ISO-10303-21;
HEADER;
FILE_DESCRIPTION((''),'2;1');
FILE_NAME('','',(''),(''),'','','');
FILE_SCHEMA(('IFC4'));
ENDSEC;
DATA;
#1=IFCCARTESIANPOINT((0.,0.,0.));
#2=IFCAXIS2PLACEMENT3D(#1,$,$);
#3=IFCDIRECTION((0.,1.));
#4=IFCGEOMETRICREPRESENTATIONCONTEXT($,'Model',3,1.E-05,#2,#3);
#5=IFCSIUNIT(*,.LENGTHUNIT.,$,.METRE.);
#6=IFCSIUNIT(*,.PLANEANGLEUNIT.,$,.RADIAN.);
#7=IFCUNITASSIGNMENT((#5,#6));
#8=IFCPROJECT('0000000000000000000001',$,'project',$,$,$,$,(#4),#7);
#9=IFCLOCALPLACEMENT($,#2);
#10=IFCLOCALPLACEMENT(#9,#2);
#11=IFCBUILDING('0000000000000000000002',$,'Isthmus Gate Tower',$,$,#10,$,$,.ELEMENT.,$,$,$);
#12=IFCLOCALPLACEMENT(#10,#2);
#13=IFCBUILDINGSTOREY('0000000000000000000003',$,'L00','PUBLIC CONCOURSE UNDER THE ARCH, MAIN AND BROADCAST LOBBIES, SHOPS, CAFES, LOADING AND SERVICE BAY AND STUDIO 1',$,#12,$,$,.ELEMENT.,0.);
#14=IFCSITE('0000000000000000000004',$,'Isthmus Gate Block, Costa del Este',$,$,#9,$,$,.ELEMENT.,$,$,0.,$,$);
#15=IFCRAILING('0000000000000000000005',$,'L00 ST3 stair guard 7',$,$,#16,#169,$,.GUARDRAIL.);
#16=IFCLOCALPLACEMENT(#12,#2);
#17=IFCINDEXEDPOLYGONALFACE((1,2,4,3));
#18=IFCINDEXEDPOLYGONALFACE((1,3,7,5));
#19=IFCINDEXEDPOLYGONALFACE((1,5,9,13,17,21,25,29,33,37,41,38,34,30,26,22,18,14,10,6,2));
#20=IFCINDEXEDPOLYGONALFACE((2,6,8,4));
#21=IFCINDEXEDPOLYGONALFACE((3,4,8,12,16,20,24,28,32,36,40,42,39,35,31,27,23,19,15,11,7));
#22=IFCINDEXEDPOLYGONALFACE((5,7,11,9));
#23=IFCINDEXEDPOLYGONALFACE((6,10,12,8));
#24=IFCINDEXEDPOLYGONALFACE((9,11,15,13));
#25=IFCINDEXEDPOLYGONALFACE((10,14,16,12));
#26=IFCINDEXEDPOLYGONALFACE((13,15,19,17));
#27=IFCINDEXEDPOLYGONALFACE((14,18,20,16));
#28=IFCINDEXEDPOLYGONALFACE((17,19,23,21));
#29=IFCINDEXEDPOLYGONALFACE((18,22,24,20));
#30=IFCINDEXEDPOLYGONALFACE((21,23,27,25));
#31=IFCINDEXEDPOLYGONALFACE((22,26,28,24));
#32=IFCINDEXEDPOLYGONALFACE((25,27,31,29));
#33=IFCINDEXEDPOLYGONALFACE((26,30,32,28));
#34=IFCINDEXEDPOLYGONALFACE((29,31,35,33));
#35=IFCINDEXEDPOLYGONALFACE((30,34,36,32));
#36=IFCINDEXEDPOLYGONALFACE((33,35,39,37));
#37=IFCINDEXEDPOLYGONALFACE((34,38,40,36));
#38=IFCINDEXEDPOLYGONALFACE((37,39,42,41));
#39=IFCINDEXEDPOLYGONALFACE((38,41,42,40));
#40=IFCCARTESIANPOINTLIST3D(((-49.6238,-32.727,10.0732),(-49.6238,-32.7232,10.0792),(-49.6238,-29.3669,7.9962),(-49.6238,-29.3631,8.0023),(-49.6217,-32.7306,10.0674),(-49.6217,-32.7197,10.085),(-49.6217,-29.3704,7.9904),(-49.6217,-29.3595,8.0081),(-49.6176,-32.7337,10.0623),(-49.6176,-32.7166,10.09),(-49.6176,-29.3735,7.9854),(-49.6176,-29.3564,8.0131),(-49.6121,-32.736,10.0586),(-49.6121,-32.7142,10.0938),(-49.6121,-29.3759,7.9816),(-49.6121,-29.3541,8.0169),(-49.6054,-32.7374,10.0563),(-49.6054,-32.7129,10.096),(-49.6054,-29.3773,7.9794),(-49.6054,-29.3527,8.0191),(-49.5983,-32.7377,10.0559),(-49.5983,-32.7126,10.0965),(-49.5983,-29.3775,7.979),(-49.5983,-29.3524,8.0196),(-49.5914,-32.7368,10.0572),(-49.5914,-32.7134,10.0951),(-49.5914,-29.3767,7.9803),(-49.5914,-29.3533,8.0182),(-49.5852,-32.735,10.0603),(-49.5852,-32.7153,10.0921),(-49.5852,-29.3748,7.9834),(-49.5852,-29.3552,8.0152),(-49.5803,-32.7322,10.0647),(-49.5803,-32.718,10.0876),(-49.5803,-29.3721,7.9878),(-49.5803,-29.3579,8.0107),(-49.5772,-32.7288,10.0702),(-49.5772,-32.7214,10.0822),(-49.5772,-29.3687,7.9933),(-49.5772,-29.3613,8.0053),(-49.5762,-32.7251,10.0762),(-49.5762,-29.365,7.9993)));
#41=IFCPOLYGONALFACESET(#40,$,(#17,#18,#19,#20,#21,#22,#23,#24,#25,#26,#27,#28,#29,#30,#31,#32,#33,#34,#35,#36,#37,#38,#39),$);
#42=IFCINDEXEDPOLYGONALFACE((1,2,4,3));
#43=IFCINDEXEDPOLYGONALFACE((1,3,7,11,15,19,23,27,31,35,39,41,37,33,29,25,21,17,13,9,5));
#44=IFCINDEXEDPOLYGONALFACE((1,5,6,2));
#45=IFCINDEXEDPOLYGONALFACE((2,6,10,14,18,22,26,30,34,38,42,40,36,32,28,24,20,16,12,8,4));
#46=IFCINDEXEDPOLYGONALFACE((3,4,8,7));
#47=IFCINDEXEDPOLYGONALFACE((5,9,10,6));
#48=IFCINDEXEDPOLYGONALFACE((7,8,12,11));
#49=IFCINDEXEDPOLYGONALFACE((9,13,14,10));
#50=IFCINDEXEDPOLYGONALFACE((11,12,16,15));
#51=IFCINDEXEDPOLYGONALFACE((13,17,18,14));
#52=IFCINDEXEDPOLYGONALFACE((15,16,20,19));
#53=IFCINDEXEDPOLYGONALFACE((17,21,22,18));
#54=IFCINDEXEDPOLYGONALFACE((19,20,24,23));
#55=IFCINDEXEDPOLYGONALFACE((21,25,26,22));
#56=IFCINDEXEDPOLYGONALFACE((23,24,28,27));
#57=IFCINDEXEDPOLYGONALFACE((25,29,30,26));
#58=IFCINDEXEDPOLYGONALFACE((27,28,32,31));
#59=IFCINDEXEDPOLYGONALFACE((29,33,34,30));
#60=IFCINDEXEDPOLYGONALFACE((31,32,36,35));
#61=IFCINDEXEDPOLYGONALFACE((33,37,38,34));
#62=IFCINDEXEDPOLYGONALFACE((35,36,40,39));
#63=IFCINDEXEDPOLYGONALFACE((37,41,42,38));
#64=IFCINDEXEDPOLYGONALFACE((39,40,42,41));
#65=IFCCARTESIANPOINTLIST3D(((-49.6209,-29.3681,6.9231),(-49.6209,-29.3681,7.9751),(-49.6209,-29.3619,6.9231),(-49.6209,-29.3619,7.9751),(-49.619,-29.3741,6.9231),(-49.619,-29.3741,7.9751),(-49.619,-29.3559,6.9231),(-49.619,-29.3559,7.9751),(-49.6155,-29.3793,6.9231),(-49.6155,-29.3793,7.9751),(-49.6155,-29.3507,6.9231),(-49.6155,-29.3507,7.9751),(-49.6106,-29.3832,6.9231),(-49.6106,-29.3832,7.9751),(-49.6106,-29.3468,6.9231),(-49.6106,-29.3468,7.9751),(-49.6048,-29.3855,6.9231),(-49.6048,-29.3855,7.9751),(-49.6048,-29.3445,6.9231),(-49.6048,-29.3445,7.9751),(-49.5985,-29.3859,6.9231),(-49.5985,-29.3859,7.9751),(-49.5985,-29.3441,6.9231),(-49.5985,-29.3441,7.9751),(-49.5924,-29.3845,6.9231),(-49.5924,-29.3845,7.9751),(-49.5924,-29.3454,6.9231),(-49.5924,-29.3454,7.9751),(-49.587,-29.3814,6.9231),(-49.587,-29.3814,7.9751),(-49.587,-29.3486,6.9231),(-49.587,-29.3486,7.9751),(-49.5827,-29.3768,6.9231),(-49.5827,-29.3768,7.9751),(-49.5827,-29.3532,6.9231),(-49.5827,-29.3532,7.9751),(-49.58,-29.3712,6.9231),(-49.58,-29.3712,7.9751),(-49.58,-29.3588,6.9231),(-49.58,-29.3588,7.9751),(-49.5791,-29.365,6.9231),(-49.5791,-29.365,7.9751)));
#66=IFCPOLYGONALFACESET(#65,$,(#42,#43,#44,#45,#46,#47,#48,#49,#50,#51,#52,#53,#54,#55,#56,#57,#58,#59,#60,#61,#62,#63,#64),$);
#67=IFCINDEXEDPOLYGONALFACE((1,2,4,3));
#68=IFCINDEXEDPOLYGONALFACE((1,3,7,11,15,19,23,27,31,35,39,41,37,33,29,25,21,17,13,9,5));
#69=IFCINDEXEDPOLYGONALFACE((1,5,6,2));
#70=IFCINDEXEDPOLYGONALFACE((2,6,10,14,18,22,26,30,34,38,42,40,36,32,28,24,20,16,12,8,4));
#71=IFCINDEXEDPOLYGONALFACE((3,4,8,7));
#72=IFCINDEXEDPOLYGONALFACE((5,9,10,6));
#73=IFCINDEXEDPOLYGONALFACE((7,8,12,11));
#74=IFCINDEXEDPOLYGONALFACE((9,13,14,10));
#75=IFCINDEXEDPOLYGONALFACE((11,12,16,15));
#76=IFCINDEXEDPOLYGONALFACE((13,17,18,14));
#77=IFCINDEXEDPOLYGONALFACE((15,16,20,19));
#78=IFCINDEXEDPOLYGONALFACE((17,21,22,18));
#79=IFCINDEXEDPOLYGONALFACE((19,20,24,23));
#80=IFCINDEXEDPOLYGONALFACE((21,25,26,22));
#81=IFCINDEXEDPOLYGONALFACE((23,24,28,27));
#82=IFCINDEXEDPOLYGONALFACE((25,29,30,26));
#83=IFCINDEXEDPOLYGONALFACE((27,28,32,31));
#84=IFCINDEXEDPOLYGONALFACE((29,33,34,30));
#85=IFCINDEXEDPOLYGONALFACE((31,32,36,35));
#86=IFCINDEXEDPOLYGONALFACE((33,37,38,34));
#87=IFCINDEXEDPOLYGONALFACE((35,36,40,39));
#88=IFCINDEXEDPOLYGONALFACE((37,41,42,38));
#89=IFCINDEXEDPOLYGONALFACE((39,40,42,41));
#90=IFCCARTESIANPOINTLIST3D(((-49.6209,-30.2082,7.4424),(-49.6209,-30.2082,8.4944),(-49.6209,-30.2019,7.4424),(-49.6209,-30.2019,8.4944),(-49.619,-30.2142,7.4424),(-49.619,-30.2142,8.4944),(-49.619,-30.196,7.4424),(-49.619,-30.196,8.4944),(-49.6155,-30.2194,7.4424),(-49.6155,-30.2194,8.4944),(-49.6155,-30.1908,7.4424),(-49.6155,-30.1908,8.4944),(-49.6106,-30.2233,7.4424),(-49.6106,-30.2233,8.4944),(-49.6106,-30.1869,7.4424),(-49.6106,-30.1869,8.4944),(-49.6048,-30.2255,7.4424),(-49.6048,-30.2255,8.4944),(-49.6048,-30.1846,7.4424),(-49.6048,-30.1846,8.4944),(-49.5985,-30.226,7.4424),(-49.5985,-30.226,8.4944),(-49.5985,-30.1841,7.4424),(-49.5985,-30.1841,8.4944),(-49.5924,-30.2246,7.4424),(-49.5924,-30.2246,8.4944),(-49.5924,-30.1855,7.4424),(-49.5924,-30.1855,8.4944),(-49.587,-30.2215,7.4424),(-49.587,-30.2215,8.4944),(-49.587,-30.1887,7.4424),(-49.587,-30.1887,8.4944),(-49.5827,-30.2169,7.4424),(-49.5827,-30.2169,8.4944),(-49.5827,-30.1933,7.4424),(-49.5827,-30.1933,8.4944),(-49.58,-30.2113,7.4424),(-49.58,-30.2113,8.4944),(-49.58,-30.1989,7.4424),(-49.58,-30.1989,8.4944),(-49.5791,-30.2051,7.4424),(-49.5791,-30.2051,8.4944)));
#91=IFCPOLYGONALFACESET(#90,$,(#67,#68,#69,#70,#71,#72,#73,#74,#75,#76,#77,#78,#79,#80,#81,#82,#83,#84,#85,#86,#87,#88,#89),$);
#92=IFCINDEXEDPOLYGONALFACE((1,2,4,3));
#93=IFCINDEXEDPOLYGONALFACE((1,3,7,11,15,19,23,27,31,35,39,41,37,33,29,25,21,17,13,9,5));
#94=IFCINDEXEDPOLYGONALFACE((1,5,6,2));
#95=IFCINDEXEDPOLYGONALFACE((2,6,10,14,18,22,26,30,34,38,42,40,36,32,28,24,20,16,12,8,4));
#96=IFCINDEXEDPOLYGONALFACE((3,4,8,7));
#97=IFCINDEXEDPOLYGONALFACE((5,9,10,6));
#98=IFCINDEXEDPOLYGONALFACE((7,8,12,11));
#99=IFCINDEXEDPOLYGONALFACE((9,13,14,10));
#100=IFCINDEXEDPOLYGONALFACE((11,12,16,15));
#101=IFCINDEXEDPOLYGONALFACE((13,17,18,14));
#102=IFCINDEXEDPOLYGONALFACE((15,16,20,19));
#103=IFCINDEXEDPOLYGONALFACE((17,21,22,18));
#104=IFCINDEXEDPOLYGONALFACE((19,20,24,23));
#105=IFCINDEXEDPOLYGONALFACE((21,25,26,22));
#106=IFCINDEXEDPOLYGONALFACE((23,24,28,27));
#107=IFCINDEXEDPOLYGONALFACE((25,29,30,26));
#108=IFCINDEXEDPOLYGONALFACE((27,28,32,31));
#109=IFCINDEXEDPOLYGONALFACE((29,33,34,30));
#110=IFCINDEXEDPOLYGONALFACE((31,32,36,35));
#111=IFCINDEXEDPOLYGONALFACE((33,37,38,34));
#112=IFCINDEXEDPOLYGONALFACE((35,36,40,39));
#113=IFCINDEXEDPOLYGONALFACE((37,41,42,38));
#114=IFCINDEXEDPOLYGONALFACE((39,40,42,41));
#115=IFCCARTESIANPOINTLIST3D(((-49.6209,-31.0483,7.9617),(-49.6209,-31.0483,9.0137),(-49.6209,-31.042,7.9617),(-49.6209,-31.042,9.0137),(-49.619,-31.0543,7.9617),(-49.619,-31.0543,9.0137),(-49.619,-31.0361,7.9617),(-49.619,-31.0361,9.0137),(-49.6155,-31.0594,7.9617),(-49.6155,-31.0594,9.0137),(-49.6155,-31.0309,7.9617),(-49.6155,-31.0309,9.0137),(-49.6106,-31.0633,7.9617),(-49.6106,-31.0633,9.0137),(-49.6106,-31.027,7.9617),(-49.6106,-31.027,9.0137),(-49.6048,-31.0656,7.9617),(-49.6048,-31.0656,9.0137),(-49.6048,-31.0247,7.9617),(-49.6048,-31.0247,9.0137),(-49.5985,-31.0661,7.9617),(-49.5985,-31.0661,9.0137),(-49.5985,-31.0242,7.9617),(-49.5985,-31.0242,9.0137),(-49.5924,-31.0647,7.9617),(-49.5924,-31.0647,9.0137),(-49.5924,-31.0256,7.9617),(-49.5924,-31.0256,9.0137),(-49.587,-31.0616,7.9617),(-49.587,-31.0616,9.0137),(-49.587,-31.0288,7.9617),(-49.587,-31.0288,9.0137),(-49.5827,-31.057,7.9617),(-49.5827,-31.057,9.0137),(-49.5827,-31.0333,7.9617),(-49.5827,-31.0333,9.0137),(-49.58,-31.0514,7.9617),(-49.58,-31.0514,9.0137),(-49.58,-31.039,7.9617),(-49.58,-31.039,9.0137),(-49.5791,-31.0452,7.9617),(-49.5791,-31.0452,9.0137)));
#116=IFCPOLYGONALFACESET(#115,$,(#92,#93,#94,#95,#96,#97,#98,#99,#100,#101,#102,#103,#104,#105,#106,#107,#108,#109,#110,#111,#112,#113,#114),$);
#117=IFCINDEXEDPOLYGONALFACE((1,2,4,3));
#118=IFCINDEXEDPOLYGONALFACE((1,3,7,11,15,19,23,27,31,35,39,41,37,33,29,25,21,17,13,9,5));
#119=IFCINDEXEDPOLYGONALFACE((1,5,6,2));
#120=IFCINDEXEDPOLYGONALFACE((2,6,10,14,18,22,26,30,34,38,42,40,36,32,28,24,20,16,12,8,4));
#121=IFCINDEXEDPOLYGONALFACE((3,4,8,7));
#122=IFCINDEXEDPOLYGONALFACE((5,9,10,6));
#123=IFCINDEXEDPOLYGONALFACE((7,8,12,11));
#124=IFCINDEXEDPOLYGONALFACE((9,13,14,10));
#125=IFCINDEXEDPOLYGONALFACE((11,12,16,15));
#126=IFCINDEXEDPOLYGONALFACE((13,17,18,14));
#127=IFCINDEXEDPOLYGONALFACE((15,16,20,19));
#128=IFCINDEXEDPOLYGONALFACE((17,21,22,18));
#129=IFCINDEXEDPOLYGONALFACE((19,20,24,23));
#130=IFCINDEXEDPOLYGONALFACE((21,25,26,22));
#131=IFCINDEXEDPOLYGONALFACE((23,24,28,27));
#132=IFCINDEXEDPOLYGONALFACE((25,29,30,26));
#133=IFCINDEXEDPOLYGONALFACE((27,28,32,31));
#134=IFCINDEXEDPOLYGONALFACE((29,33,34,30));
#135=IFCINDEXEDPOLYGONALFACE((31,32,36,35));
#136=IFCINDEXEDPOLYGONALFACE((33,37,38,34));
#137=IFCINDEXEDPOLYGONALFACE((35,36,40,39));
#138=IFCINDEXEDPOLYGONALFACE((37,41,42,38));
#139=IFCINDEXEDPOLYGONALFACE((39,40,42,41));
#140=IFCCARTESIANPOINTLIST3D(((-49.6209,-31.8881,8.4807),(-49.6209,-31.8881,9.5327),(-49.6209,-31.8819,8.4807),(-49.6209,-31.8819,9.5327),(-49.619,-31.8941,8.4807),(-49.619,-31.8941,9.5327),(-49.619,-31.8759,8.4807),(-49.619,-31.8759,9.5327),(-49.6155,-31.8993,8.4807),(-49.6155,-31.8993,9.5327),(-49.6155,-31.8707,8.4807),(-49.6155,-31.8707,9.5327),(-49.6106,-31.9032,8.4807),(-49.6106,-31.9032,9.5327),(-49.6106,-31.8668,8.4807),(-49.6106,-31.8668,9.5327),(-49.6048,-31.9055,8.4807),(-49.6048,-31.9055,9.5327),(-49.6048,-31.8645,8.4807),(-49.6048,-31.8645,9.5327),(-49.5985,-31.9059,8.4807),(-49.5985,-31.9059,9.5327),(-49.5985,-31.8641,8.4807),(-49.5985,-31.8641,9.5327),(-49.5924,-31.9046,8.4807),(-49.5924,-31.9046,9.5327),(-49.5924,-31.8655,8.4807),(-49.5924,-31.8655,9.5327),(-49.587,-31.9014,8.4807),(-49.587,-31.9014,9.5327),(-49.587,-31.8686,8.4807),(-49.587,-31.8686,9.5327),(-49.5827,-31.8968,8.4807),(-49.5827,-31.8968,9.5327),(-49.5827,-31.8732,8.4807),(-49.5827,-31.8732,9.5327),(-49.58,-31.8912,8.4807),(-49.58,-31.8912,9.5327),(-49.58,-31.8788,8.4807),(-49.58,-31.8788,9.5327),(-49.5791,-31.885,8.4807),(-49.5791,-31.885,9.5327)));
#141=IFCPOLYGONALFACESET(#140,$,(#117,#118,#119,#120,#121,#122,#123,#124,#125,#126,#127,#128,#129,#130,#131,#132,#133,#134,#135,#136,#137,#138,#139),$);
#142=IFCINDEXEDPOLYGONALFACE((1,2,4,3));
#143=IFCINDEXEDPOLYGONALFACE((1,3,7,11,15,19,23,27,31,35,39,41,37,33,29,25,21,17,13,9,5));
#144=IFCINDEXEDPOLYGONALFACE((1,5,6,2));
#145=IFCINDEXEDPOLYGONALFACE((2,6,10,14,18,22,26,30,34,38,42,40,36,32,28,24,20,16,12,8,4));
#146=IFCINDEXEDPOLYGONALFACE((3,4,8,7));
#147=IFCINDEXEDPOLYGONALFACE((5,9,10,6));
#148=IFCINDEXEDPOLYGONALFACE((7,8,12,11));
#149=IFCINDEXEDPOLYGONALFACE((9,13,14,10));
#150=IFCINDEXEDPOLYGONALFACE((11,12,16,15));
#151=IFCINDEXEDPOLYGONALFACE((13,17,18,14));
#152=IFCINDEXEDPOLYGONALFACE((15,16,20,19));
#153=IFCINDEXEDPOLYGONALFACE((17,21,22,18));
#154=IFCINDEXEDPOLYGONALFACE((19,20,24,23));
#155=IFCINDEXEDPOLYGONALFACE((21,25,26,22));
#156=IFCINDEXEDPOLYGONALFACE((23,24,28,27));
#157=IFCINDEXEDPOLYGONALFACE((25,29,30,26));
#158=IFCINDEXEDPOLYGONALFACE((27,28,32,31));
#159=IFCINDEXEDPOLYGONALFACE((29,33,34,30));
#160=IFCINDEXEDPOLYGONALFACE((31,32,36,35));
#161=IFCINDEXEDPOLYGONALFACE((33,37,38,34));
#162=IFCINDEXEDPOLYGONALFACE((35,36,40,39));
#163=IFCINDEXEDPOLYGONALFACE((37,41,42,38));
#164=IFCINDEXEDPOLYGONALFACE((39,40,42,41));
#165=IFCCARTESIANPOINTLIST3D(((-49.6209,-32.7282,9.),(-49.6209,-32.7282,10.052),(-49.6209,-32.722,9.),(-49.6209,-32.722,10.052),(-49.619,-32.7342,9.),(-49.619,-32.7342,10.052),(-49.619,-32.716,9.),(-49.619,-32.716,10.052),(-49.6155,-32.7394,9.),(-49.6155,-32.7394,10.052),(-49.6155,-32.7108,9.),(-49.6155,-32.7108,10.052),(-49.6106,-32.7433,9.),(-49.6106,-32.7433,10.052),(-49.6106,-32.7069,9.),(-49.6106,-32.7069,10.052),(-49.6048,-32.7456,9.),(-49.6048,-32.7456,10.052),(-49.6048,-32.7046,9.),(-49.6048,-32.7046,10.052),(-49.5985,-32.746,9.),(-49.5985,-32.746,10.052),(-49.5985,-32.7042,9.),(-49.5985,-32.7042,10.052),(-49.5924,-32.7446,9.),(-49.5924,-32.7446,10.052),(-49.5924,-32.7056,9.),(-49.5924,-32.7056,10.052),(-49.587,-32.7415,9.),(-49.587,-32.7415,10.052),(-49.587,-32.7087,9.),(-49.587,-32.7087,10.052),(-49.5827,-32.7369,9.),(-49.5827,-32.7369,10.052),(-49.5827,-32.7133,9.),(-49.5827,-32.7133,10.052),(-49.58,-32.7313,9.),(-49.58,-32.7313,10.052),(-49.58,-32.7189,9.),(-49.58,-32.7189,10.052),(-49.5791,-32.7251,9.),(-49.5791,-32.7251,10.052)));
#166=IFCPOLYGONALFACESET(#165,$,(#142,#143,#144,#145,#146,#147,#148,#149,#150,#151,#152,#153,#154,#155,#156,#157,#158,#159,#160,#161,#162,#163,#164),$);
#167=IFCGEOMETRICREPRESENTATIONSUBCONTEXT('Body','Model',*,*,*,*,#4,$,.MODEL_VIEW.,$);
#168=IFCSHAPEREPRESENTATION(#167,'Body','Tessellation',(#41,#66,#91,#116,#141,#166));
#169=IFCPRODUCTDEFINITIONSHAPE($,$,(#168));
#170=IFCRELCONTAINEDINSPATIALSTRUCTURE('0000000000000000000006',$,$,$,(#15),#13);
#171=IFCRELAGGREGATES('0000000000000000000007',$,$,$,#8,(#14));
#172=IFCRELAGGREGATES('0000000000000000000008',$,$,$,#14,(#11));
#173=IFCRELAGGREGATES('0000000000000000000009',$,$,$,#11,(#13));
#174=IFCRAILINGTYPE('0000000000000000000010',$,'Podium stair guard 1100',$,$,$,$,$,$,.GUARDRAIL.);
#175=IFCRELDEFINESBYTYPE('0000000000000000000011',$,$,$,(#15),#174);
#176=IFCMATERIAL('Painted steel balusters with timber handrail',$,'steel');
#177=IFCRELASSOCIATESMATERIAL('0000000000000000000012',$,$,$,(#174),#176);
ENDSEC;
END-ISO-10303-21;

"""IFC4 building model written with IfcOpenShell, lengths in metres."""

from ifc_helpers import new_model, si_unit, direction, frame, origin, origin_2d, place, context, subcontext, project, spatial, circle, extrude, material, type_object, element, save


model = new_model("IFC4")

# Units and contexts
model_context = context("Model", 3, precision=1e-05, world=origin(), true_north=direction((0.0, 1.0)))
body_context = subcontext(model_context, "Body", "Model", "MODEL_VIEW")
ifc_project = project(units=[si_unit("LENGTHUNIT", "METRE"), si_unit("PLANEANGLEUNIT", "RADIAN")], contexts=[model_context])

# Site, building, storey
site_placement = place(None, origin())
site = spatial("IfcSite", under=ifc_project, at=site_placement, Name="Isthmus Gate Block, Costa del Este", CompositionType="ELEMENT", RefElevation=0.0)
building_placement = place(site_placement, origin())
building = spatial("IfcBuilding", under=site, at=building_placement, Name="Isthmus Gate Tower", CompositionType="ELEMENT")
storey_placement = place(building_placement, origin())
storey = spatial("IfcBuildingStorey", under=building, at=storey_placement, Name="L00", Description="PUBLIC CONCOURSE UNDER THE ARCH, MAIN AND BROADCAST LOBBIES, SHOPS, CAFES, LOADING AND SERVICE BAY AND STUDIO 1", CompositionType="ELEMENT", Elevation=0.0)

# Railing
ifc_material_1 = material(Name="Painted steel balusters with timber handrail", Category="steel")
railing_type_1 = type_object("IfcRailingType", Name="Podium stair guard 1100", PredefinedType="GUARDRAIL", material=ifc_material_1)
railing_1_placement = place(storey_placement, frame((-49.6001, -29.365, 6.9231)))
element("IfcRailing", 1, at=railing_1_placement, inside=storey, type_object=railing_type_1, Name="L00 ST3 stair guard 7", PredefinedType="GUARDRAIL", context=body_context, shape_type="SweptSolid", body=[
    extrude(circle(Radius=0.0239, at=origin_2d()), frame((0.0, 0.0, 1.0762), z_axis=(0.0, -0.850623, 0.525776), x_axis=(1.0, 0.0, 0.0)), (0.0, 0.0, 1.0), 3.9502),
    extrude(circle(Radius=0.021, at=origin_2d()), origin(), (0.0, 0.0, 1.0), 1.052),
    extrude(circle(Radius=0.021, at=origin_2d()), frame((0.0, -0.8401, 0.5193)), (0.0, 0.0, 1.0), 1.052),
    extrude(circle(Radius=0.021, at=origin_2d()), frame((0.0, -1.6802, 1.0386)), (0.0, 0.0, 1.0), 1.052),
    extrude(circle(Radius=0.021, at=origin_2d()), frame((0.0, -2.52, 1.5576)), (0.0, 0.0, 1.0), 1.052),
    extrude(circle(Radius=0.021, at=origin_2d()), frame((0.0, -3.3601, 2.0769)), (0.0, 0.0, 1.0), 1.052),
])

save(model, "model.ifc")
